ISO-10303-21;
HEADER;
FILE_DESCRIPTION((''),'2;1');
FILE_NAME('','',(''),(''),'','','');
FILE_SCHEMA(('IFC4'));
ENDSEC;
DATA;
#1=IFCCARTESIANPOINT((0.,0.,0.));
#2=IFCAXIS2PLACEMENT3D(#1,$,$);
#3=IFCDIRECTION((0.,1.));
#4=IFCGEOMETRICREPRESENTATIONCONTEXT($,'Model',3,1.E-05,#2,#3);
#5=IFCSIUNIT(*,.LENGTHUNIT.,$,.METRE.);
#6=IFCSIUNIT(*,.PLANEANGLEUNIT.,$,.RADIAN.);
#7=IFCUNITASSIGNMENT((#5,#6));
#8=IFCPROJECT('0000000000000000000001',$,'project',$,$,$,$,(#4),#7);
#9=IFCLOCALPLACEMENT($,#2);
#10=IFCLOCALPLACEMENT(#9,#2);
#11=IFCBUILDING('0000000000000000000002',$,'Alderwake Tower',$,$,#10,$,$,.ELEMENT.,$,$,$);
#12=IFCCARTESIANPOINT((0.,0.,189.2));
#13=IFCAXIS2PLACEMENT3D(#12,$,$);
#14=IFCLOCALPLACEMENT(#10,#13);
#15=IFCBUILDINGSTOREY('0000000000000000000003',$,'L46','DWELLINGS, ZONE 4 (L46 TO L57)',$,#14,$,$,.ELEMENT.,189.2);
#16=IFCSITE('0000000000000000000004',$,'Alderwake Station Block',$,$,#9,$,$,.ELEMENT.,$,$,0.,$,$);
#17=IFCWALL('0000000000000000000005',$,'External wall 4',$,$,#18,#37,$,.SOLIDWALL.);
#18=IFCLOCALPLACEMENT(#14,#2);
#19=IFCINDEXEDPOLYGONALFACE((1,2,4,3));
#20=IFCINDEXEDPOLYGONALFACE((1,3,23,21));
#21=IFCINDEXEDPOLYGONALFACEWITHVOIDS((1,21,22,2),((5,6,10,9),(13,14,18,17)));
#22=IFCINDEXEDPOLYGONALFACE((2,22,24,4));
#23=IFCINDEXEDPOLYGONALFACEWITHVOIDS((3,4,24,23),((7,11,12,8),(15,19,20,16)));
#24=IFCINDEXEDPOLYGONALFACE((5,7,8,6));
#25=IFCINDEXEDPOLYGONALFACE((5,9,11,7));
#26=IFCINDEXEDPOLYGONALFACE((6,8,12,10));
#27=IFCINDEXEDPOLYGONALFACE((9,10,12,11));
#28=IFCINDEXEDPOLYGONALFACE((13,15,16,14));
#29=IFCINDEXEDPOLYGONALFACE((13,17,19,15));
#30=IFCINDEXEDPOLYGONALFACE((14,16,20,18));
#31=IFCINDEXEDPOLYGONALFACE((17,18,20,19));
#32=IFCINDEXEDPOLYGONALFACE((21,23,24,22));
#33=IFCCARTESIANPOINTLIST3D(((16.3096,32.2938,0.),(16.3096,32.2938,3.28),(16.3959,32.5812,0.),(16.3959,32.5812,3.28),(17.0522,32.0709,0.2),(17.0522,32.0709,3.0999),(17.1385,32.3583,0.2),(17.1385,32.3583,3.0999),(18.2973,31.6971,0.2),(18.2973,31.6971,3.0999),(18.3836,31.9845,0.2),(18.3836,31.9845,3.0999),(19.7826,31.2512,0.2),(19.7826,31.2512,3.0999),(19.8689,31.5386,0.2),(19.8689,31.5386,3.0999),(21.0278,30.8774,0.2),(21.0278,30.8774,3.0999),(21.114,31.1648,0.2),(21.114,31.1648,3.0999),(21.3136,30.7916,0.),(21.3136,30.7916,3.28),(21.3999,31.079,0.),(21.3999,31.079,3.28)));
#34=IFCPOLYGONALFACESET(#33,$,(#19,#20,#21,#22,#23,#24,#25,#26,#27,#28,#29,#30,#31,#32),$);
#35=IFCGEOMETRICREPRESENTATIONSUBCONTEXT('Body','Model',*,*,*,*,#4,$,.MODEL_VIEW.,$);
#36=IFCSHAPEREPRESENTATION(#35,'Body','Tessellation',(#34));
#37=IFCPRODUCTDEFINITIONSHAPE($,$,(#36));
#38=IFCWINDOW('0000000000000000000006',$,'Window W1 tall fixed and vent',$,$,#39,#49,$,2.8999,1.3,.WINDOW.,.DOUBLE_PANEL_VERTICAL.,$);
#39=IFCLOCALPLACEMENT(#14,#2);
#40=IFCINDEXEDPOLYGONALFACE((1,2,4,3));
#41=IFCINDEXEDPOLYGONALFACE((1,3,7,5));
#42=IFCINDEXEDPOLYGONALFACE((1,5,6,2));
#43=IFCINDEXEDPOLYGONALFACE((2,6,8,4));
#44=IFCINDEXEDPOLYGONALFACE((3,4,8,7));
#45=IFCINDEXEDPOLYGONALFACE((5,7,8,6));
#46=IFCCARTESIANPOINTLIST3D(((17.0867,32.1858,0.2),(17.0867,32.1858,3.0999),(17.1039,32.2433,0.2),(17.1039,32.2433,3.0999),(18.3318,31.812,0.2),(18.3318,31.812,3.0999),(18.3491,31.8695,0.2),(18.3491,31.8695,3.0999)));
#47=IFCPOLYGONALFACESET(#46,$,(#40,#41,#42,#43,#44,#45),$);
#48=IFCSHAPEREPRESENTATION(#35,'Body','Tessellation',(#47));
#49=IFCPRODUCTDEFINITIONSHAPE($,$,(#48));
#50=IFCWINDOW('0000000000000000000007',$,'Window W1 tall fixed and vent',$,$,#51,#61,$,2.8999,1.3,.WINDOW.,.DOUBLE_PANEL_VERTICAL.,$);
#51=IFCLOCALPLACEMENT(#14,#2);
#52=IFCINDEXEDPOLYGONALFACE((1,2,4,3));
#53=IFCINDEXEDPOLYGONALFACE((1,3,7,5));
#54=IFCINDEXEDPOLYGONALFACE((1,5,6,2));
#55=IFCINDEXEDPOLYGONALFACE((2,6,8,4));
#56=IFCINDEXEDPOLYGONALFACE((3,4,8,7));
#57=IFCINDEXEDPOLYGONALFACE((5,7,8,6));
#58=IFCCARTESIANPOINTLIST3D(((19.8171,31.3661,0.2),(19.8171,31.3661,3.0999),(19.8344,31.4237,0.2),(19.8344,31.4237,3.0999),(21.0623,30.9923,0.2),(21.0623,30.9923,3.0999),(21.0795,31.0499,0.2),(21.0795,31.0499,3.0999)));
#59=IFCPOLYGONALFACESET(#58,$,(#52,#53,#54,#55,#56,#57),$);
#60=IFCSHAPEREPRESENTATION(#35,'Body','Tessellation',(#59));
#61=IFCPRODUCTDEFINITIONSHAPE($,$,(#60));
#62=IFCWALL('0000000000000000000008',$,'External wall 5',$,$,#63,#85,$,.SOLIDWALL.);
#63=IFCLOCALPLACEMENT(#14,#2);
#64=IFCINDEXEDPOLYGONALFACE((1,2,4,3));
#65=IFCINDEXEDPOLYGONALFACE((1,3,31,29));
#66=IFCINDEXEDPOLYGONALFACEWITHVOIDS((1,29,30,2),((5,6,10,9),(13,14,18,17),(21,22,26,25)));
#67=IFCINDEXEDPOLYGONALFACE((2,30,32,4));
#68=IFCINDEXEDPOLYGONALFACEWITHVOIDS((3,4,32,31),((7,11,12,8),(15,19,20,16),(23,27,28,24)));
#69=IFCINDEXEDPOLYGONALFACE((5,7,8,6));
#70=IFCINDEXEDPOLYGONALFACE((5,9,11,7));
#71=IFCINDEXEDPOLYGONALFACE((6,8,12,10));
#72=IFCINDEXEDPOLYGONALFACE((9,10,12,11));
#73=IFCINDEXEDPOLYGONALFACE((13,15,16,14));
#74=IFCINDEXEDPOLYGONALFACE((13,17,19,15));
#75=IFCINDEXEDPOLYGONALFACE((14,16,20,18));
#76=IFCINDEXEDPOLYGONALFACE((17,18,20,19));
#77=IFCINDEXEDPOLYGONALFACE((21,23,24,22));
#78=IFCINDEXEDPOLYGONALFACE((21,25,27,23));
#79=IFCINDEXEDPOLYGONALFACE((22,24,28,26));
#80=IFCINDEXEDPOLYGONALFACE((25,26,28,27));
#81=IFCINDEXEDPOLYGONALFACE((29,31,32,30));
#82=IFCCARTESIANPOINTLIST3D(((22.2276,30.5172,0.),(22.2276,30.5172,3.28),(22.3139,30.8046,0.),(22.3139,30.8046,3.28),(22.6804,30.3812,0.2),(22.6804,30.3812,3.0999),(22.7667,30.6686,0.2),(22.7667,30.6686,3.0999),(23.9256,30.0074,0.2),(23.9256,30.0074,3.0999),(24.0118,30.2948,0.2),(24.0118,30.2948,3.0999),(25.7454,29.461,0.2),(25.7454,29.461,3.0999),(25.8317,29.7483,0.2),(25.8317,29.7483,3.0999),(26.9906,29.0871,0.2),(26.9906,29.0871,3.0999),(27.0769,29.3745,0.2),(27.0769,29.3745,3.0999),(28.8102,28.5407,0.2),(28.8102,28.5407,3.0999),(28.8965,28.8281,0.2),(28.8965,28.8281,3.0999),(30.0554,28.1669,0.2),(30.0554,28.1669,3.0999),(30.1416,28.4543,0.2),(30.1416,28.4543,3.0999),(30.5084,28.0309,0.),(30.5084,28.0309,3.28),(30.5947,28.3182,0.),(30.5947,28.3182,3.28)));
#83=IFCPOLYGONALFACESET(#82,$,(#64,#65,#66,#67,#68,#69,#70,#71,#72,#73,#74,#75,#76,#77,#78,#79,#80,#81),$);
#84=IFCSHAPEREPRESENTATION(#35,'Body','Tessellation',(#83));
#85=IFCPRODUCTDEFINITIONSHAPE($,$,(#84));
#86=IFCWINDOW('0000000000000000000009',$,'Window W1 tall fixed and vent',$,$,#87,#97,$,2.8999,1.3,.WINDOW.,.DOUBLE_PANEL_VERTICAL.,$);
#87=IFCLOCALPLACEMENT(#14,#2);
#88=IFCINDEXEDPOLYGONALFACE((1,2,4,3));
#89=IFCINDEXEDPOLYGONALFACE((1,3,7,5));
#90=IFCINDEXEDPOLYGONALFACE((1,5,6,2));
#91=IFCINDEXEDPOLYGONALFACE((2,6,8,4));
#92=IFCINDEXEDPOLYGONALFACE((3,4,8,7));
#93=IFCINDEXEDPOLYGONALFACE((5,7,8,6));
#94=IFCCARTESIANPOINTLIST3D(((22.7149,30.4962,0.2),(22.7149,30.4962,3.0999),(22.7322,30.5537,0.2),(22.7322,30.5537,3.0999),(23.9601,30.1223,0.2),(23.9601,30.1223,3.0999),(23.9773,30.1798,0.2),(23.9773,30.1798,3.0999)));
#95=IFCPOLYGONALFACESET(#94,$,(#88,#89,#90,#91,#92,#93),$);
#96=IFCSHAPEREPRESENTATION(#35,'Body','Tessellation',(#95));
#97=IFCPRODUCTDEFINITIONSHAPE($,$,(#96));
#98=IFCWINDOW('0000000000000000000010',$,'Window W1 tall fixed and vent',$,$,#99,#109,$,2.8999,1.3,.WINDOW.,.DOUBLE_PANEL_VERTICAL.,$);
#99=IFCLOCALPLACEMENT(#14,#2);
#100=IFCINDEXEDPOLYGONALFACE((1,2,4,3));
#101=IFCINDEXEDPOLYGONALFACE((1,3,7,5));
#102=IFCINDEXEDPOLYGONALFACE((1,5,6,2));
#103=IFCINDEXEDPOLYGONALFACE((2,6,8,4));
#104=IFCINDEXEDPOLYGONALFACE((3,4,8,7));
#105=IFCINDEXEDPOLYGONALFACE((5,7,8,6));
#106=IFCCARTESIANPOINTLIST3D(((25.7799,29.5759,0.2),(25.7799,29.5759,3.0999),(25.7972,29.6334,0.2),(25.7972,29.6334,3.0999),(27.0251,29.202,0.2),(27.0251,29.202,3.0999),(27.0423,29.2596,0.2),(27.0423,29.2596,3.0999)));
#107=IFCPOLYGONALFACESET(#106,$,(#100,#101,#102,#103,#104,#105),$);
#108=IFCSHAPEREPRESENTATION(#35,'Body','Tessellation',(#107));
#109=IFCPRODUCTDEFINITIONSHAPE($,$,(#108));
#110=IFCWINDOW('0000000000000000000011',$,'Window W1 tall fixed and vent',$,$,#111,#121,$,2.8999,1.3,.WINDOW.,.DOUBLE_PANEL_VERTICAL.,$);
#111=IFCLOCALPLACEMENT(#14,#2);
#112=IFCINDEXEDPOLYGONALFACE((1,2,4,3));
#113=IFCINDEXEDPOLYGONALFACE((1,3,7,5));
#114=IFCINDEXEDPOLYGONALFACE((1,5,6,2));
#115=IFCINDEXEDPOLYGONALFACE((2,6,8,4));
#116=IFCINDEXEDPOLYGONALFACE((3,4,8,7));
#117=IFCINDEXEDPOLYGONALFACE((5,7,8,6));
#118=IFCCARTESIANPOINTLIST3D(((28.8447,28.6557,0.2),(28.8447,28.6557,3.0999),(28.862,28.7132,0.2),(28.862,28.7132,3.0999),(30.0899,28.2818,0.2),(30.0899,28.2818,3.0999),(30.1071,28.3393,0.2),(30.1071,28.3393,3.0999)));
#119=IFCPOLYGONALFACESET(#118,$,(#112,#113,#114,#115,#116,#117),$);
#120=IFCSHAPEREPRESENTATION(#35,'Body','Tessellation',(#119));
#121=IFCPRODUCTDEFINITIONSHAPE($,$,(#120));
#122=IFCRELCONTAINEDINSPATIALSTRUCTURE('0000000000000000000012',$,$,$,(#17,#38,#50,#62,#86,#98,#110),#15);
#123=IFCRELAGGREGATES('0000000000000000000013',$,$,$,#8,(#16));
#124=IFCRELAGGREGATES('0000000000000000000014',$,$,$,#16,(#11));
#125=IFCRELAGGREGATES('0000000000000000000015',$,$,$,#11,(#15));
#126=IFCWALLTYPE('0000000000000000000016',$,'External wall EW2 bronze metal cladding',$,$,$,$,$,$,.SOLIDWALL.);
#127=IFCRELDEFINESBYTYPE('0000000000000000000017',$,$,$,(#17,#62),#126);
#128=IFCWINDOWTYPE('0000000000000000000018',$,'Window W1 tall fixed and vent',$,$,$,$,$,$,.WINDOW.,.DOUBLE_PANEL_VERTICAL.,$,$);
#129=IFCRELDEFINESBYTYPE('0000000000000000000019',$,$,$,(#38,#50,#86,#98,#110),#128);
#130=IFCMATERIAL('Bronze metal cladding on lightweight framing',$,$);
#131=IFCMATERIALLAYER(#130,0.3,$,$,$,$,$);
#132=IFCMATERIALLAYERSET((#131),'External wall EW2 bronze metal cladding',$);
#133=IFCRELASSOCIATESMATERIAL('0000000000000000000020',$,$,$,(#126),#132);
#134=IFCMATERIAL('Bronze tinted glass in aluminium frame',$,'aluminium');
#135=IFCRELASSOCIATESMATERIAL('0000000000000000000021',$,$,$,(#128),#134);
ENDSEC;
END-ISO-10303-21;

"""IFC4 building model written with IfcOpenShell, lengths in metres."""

from ifc_helpers import new_model, si_unit, direction, frame, frame_2d, origin, place, context, subcontext, project, spatial, rectangle, extrude, material, layer, layer_set, type_object, element, fill, save


model = new_model("IFC4")

# Units and contexts
model_context = context("Model", 3, precision=1e-05, world=origin(), true_north=direction((0.0, 1.0)))
body_context = subcontext(model_context, "Body", "Model", "MODEL_VIEW")
ifc_project = project(units=[si_unit("LENGTHUNIT", "METRE"), si_unit("PLANEANGLEUNIT", "RADIAN")], contexts=[model_context])

# Site, building, storey
site_placement = place(None, origin())
site = spatial("IfcSite", under=ifc_project, at=site_placement, Name="Alderwake Station Block", CompositionType="ELEMENT", RefElevation=0.0)
building_placement = place(site_placement, origin())
building = spatial("IfcBuilding", under=site, at=building_placement, Name="Alderwake Tower", CompositionType="ELEMENT")
storey_placement = place(building_placement, frame((0.0, 0.0, 189.2)))
storey = spatial("IfcBuildingStorey", under=building, at=storey_placement, Name="L46", Description="DWELLINGS, ZONE 4 (L46 TO L57)", CompositionType="ELEMENT", Elevation=189.2)

# Walls, openings, windows
ifc_material_1 = material(Name="Bronze metal cladding on lightweight framing")
ifc_layer_1 = layer(ifc_material_1, 0.3)
ifc_layer_set_1 = layer_set([ifc_layer_1], Name="External wall EW2 bronze metal cladding")
wall_type_1 = type_object("IfcWallType", Name="External wall EW2 bronze metal cladding", PredefinedType="SOLIDWALL", material=ifc_layer_set_1)
wall_1_placement = place(storey_placement, frame((16.3528, 32.4375, 0.0), z_axis=(0.0, 0.0, 1.0), x_axis=(0.957772, -0.287528, 0.0)))
wall_1 = element("IfcWall", 1, at=wall_1_placement, inside=storey, type_object=wall_type_1, Name="External wall 4", PredefinedType="SOLIDWALL", context=body_context, shape_type="SweptSolid", body=[
    extrude(rectangle(XDim=5.2246, YDim=0.3, at=frame_2d((2.6123, 0.0))), origin(), (0.0, 0.0, 1.0), 3.28),
])
opening_1_placement = place(wall_1_placement, frame((0.7754, 0.0, 0.2)))
opening_1 = element("IfcOpeningElement", 2, at=opening_1_placement, cuts=wall_1, PredefinedType="OPENING", context=body_context, shape_type="SweptSolid", body=[
    extrude(rectangle(XDim=1.3, YDim=2.8999, at=frame_2d((0.6499, 1.45))), frame((0.0, 0.1599, 0.0), z_axis=(0.0, -1.0, 0.0), x_axis=(1.0, 0.0, 0.0)), (0.0, 0.0, 1.0), 0.3201),
])
opening_2_placement = place(wall_1_placement, frame((3.6262, 0.0, 0.2)))
opening_2 = element("IfcOpeningElement", 3, at=opening_2_placement, cuts=wall_1, PredefinedType="OPENING", context=body_context, shape_type="SweptSolid", body=[
    extrude(rectangle(XDim=1.3, YDim=2.8999, at=frame_2d((0.6499, 1.45))), frame((0.0, 0.1599, 0.0), z_axis=(0.0, -1.0, 0.0), x_axis=(1.0, 0.0, 0.0)), (0.0, 0.0, 1.0), 0.3201),
])
ifc_material_2 = material(Name="Bronze tinted glass in aluminium frame", Category="aluminium")
window_type_1 = type_object("IfcWindowType", Name="Window W1 tall fixed and vent", PartitioningType="DOUBLE_PANEL_VERTICAL", PredefinedType="WINDOW", material=ifc_material_2)
window_1_placement = place(opening_1_placement, origin())
window_1 = element("IfcWindow", 4, at=window_1_placement, inside=storey, type_object=window_type_1, Name="Window W1 tall fixed and vent", OverallHeight=2.8999, OverallWidth=1.3, PartitioningType="DOUBLE_PANEL_VERTICAL", PredefinedType="WINDOW", context=body_context, shape_type="SweptSolid", body=[
    extrude(rectangle(XDim=1.3, YDim=2.8999, at=frame_2d((0.6499, 1.45))), frame((0.0, 0.03, 0.0), z_axis=(0.0, -1.0, 0.0), x_axis=(1.0, 0.0, 0.0)), (0.0, 0.0, 1.0), 0.0601),
])
fill(opening_1, window_1)
window_2_placement = place(opening_2_placement, origin())
window_2 = element("IfcWindow", 5, at=window_2_placement, inside=storey, type_object=window_type_1, Name="Window W1 tall fixed and vent", OverallHeight=2.8999, OverallWidth=1.3, PartitioningType="DOUBLE_PANEL_VERTICAL", PredefinedType="WINDOW", context=body_context, shape_type="SweptSolid", body=[
    extrude(rectangle(XDim=1.3, YDim=2.8999, at=frame_2d((0.6499, 1.45))), frame((0.0, 0.03, 0.0), z_axis=(0.0, -1.0, 0.0), x_axis=(1.0, 0.0, 0.0)), (0.0, 0.0, 1.0), 0.0601),
])
fill(opening_2, window_2)
wall_2_placement = place(storey_placement, frame((22.2708, 30.6609, 0.0), z_axis=(0.0, 0.0, 1.0), x_axis=(0.957759, -0.287571, 0.0)))
wall_2 = element("IfcWall", 6, at=wall_2_placement, inside=storey, type_object=wall_type_1, Name="External wall 5", PredefinedType="SOLIDWALL", context=body_context, shape_type="SweptSolid", body=[
    extrude(rectangle(XDim=8.646, YDim=0.3, at=frame_2d((4.323, 0.0))), origin(), (0.0, 0.0, 1.0), 3.28),
])
opening_3_placement = place(wall_2_placement, frame((0.4729, 0.0, 0.2)))
opening_3 = element("IfcOpeningElement", 7, at=opening_3_placement, cuts=wall_2, PredefinedType="OPENING", context=body_context, shape_type="SweptSolid", body=[
    extrude(rectangle(XDim=1.3, YDim=2.8999, at=frame_2d((0.6499, 1.45))), frame((0.0, 0.1599, 0.0), z_axis=(0.0, -1.0, 0.0), x_axis=(1.0, 0.0, 0.0)), (0.0, 0.0, 1.0), 0.3201),
])
opening_4_placement = place(wall_2_placement, frame((3.6731, 0.0, 0.2)))
opening_4 = element("IfcOpeningElement", 8, at=opening_4_placement, cuts=wall_2, PredefinedType="OPENING", context=body_context, shape_type="SweptSolid", body=[
    extrude(rectangle(XDim=1.3, YDim=2.8999, at=frame_2d((0.6499, 1.45))), frame((0.0, 0.1599, 0.0), z_axis=(0.0, -1.0, 0.0), x_axis=(1.0, 0.0, 0.0)), (0.0, 0.0, 1.0), 0.3201),
])
opening_5_placement = place(wall_2_placement, frame((6.873, 0.0, 0.2)))
opening_5 = element("IfcOpeningElement", 9, at=opening_5_placement, cuts=wall_2, PredefinedType="OPENING", context=body_context, shape_type="SweptSolid", body=[
    extrude(rectangle(XDim=1.3, YDim=2.8999, at=frame_2d((0.6499, 1.45))), frame((0.0, 0.1599, 0.0), z_axis=(0.0, -1.0, 0.0), x_axis=(1.0, 0.0, 0.0)), (0.0, 0.0, 1.0), 0.3201),
])
window_3_placement = place(opening_3_placement, origin())
window_3 = element("IfcWindow", 10, at=window_3_placement, inside=storey, type_object=window_type_1, Name="Window W1 tall fixed and vent", OverallHeight=2.8999, OverallWidth=1.3, PartitioningType="DOUBLE_PANEL_VERTICAL", PredefinedType="WINDOW", context=body_context, shape_type="SweptSolid", body=[
    extrude(rectangle(XDim=1.3, YDim=2.8999, at=frame_2d((0.6499, 1.45))), frame((0.0, 0.03, 0.0), z_axis=(0.0, -1.0, 0.0), x_axis=(1.0, 0.0, 0.0)), (0.0, 0.0, 1.0), 0.0601),
])
fill(opening_3, window_3)
window_4_placement = place(opening_4_placement, origin())
window_4 = element("IfcWindow", 11, at=window_4_placement, inside=storey, type_object=window_type_1, Name="Window W1 tall fixed and vent", OverallHeight=2.8999, OverallWidth=1.3, PartitioningType="DOUBLE_PANEL_VERTICAL", PredefinedType="WINDOW", context=body_context, shape_type="SweptSolid", body=[
    extrude(rectangle(XDim=1.3, YDim=2.8999, at=frame_2d((0.6499, 1.45))), frame((0.0, 0.03, 0.0), z_axis=(0.0, -1.0, 0.0), x_axis=(1.0, 0.0, 0.0)), (0.0, 0.0, 1.0), 0.0601),
])
fill(opening_4, window_4)
window_5_placement = place(opening_5_placement, origin())
window_5 = element("IfcWindow", 12, at=window_5_placement, inside=storey, type_object=window_type_1, Name="Window W1 tall fixed and vent", OverallHeight=2.8999, OverallWidth=1.3, PartitioningType="DOUBLE_PANEL_VERTICAL", PredefinedType="WINDOW", context=body_context, shape_type="SweptSolid", body=[
    extrude(rectangle(XDim=1.3, YDim=2.8999, at=frame_2d((0.6499, 1.45))), frame((0.0, 0.03, 0.0), z_axis=(0.0, -1.0, 0.0), x_axis=(1.0, 0.0, 0.0)), (0.0, 0.0, 1.0), 0.0601),
])
fill(opening_5, window_5)

save(model, "model.ifc")
